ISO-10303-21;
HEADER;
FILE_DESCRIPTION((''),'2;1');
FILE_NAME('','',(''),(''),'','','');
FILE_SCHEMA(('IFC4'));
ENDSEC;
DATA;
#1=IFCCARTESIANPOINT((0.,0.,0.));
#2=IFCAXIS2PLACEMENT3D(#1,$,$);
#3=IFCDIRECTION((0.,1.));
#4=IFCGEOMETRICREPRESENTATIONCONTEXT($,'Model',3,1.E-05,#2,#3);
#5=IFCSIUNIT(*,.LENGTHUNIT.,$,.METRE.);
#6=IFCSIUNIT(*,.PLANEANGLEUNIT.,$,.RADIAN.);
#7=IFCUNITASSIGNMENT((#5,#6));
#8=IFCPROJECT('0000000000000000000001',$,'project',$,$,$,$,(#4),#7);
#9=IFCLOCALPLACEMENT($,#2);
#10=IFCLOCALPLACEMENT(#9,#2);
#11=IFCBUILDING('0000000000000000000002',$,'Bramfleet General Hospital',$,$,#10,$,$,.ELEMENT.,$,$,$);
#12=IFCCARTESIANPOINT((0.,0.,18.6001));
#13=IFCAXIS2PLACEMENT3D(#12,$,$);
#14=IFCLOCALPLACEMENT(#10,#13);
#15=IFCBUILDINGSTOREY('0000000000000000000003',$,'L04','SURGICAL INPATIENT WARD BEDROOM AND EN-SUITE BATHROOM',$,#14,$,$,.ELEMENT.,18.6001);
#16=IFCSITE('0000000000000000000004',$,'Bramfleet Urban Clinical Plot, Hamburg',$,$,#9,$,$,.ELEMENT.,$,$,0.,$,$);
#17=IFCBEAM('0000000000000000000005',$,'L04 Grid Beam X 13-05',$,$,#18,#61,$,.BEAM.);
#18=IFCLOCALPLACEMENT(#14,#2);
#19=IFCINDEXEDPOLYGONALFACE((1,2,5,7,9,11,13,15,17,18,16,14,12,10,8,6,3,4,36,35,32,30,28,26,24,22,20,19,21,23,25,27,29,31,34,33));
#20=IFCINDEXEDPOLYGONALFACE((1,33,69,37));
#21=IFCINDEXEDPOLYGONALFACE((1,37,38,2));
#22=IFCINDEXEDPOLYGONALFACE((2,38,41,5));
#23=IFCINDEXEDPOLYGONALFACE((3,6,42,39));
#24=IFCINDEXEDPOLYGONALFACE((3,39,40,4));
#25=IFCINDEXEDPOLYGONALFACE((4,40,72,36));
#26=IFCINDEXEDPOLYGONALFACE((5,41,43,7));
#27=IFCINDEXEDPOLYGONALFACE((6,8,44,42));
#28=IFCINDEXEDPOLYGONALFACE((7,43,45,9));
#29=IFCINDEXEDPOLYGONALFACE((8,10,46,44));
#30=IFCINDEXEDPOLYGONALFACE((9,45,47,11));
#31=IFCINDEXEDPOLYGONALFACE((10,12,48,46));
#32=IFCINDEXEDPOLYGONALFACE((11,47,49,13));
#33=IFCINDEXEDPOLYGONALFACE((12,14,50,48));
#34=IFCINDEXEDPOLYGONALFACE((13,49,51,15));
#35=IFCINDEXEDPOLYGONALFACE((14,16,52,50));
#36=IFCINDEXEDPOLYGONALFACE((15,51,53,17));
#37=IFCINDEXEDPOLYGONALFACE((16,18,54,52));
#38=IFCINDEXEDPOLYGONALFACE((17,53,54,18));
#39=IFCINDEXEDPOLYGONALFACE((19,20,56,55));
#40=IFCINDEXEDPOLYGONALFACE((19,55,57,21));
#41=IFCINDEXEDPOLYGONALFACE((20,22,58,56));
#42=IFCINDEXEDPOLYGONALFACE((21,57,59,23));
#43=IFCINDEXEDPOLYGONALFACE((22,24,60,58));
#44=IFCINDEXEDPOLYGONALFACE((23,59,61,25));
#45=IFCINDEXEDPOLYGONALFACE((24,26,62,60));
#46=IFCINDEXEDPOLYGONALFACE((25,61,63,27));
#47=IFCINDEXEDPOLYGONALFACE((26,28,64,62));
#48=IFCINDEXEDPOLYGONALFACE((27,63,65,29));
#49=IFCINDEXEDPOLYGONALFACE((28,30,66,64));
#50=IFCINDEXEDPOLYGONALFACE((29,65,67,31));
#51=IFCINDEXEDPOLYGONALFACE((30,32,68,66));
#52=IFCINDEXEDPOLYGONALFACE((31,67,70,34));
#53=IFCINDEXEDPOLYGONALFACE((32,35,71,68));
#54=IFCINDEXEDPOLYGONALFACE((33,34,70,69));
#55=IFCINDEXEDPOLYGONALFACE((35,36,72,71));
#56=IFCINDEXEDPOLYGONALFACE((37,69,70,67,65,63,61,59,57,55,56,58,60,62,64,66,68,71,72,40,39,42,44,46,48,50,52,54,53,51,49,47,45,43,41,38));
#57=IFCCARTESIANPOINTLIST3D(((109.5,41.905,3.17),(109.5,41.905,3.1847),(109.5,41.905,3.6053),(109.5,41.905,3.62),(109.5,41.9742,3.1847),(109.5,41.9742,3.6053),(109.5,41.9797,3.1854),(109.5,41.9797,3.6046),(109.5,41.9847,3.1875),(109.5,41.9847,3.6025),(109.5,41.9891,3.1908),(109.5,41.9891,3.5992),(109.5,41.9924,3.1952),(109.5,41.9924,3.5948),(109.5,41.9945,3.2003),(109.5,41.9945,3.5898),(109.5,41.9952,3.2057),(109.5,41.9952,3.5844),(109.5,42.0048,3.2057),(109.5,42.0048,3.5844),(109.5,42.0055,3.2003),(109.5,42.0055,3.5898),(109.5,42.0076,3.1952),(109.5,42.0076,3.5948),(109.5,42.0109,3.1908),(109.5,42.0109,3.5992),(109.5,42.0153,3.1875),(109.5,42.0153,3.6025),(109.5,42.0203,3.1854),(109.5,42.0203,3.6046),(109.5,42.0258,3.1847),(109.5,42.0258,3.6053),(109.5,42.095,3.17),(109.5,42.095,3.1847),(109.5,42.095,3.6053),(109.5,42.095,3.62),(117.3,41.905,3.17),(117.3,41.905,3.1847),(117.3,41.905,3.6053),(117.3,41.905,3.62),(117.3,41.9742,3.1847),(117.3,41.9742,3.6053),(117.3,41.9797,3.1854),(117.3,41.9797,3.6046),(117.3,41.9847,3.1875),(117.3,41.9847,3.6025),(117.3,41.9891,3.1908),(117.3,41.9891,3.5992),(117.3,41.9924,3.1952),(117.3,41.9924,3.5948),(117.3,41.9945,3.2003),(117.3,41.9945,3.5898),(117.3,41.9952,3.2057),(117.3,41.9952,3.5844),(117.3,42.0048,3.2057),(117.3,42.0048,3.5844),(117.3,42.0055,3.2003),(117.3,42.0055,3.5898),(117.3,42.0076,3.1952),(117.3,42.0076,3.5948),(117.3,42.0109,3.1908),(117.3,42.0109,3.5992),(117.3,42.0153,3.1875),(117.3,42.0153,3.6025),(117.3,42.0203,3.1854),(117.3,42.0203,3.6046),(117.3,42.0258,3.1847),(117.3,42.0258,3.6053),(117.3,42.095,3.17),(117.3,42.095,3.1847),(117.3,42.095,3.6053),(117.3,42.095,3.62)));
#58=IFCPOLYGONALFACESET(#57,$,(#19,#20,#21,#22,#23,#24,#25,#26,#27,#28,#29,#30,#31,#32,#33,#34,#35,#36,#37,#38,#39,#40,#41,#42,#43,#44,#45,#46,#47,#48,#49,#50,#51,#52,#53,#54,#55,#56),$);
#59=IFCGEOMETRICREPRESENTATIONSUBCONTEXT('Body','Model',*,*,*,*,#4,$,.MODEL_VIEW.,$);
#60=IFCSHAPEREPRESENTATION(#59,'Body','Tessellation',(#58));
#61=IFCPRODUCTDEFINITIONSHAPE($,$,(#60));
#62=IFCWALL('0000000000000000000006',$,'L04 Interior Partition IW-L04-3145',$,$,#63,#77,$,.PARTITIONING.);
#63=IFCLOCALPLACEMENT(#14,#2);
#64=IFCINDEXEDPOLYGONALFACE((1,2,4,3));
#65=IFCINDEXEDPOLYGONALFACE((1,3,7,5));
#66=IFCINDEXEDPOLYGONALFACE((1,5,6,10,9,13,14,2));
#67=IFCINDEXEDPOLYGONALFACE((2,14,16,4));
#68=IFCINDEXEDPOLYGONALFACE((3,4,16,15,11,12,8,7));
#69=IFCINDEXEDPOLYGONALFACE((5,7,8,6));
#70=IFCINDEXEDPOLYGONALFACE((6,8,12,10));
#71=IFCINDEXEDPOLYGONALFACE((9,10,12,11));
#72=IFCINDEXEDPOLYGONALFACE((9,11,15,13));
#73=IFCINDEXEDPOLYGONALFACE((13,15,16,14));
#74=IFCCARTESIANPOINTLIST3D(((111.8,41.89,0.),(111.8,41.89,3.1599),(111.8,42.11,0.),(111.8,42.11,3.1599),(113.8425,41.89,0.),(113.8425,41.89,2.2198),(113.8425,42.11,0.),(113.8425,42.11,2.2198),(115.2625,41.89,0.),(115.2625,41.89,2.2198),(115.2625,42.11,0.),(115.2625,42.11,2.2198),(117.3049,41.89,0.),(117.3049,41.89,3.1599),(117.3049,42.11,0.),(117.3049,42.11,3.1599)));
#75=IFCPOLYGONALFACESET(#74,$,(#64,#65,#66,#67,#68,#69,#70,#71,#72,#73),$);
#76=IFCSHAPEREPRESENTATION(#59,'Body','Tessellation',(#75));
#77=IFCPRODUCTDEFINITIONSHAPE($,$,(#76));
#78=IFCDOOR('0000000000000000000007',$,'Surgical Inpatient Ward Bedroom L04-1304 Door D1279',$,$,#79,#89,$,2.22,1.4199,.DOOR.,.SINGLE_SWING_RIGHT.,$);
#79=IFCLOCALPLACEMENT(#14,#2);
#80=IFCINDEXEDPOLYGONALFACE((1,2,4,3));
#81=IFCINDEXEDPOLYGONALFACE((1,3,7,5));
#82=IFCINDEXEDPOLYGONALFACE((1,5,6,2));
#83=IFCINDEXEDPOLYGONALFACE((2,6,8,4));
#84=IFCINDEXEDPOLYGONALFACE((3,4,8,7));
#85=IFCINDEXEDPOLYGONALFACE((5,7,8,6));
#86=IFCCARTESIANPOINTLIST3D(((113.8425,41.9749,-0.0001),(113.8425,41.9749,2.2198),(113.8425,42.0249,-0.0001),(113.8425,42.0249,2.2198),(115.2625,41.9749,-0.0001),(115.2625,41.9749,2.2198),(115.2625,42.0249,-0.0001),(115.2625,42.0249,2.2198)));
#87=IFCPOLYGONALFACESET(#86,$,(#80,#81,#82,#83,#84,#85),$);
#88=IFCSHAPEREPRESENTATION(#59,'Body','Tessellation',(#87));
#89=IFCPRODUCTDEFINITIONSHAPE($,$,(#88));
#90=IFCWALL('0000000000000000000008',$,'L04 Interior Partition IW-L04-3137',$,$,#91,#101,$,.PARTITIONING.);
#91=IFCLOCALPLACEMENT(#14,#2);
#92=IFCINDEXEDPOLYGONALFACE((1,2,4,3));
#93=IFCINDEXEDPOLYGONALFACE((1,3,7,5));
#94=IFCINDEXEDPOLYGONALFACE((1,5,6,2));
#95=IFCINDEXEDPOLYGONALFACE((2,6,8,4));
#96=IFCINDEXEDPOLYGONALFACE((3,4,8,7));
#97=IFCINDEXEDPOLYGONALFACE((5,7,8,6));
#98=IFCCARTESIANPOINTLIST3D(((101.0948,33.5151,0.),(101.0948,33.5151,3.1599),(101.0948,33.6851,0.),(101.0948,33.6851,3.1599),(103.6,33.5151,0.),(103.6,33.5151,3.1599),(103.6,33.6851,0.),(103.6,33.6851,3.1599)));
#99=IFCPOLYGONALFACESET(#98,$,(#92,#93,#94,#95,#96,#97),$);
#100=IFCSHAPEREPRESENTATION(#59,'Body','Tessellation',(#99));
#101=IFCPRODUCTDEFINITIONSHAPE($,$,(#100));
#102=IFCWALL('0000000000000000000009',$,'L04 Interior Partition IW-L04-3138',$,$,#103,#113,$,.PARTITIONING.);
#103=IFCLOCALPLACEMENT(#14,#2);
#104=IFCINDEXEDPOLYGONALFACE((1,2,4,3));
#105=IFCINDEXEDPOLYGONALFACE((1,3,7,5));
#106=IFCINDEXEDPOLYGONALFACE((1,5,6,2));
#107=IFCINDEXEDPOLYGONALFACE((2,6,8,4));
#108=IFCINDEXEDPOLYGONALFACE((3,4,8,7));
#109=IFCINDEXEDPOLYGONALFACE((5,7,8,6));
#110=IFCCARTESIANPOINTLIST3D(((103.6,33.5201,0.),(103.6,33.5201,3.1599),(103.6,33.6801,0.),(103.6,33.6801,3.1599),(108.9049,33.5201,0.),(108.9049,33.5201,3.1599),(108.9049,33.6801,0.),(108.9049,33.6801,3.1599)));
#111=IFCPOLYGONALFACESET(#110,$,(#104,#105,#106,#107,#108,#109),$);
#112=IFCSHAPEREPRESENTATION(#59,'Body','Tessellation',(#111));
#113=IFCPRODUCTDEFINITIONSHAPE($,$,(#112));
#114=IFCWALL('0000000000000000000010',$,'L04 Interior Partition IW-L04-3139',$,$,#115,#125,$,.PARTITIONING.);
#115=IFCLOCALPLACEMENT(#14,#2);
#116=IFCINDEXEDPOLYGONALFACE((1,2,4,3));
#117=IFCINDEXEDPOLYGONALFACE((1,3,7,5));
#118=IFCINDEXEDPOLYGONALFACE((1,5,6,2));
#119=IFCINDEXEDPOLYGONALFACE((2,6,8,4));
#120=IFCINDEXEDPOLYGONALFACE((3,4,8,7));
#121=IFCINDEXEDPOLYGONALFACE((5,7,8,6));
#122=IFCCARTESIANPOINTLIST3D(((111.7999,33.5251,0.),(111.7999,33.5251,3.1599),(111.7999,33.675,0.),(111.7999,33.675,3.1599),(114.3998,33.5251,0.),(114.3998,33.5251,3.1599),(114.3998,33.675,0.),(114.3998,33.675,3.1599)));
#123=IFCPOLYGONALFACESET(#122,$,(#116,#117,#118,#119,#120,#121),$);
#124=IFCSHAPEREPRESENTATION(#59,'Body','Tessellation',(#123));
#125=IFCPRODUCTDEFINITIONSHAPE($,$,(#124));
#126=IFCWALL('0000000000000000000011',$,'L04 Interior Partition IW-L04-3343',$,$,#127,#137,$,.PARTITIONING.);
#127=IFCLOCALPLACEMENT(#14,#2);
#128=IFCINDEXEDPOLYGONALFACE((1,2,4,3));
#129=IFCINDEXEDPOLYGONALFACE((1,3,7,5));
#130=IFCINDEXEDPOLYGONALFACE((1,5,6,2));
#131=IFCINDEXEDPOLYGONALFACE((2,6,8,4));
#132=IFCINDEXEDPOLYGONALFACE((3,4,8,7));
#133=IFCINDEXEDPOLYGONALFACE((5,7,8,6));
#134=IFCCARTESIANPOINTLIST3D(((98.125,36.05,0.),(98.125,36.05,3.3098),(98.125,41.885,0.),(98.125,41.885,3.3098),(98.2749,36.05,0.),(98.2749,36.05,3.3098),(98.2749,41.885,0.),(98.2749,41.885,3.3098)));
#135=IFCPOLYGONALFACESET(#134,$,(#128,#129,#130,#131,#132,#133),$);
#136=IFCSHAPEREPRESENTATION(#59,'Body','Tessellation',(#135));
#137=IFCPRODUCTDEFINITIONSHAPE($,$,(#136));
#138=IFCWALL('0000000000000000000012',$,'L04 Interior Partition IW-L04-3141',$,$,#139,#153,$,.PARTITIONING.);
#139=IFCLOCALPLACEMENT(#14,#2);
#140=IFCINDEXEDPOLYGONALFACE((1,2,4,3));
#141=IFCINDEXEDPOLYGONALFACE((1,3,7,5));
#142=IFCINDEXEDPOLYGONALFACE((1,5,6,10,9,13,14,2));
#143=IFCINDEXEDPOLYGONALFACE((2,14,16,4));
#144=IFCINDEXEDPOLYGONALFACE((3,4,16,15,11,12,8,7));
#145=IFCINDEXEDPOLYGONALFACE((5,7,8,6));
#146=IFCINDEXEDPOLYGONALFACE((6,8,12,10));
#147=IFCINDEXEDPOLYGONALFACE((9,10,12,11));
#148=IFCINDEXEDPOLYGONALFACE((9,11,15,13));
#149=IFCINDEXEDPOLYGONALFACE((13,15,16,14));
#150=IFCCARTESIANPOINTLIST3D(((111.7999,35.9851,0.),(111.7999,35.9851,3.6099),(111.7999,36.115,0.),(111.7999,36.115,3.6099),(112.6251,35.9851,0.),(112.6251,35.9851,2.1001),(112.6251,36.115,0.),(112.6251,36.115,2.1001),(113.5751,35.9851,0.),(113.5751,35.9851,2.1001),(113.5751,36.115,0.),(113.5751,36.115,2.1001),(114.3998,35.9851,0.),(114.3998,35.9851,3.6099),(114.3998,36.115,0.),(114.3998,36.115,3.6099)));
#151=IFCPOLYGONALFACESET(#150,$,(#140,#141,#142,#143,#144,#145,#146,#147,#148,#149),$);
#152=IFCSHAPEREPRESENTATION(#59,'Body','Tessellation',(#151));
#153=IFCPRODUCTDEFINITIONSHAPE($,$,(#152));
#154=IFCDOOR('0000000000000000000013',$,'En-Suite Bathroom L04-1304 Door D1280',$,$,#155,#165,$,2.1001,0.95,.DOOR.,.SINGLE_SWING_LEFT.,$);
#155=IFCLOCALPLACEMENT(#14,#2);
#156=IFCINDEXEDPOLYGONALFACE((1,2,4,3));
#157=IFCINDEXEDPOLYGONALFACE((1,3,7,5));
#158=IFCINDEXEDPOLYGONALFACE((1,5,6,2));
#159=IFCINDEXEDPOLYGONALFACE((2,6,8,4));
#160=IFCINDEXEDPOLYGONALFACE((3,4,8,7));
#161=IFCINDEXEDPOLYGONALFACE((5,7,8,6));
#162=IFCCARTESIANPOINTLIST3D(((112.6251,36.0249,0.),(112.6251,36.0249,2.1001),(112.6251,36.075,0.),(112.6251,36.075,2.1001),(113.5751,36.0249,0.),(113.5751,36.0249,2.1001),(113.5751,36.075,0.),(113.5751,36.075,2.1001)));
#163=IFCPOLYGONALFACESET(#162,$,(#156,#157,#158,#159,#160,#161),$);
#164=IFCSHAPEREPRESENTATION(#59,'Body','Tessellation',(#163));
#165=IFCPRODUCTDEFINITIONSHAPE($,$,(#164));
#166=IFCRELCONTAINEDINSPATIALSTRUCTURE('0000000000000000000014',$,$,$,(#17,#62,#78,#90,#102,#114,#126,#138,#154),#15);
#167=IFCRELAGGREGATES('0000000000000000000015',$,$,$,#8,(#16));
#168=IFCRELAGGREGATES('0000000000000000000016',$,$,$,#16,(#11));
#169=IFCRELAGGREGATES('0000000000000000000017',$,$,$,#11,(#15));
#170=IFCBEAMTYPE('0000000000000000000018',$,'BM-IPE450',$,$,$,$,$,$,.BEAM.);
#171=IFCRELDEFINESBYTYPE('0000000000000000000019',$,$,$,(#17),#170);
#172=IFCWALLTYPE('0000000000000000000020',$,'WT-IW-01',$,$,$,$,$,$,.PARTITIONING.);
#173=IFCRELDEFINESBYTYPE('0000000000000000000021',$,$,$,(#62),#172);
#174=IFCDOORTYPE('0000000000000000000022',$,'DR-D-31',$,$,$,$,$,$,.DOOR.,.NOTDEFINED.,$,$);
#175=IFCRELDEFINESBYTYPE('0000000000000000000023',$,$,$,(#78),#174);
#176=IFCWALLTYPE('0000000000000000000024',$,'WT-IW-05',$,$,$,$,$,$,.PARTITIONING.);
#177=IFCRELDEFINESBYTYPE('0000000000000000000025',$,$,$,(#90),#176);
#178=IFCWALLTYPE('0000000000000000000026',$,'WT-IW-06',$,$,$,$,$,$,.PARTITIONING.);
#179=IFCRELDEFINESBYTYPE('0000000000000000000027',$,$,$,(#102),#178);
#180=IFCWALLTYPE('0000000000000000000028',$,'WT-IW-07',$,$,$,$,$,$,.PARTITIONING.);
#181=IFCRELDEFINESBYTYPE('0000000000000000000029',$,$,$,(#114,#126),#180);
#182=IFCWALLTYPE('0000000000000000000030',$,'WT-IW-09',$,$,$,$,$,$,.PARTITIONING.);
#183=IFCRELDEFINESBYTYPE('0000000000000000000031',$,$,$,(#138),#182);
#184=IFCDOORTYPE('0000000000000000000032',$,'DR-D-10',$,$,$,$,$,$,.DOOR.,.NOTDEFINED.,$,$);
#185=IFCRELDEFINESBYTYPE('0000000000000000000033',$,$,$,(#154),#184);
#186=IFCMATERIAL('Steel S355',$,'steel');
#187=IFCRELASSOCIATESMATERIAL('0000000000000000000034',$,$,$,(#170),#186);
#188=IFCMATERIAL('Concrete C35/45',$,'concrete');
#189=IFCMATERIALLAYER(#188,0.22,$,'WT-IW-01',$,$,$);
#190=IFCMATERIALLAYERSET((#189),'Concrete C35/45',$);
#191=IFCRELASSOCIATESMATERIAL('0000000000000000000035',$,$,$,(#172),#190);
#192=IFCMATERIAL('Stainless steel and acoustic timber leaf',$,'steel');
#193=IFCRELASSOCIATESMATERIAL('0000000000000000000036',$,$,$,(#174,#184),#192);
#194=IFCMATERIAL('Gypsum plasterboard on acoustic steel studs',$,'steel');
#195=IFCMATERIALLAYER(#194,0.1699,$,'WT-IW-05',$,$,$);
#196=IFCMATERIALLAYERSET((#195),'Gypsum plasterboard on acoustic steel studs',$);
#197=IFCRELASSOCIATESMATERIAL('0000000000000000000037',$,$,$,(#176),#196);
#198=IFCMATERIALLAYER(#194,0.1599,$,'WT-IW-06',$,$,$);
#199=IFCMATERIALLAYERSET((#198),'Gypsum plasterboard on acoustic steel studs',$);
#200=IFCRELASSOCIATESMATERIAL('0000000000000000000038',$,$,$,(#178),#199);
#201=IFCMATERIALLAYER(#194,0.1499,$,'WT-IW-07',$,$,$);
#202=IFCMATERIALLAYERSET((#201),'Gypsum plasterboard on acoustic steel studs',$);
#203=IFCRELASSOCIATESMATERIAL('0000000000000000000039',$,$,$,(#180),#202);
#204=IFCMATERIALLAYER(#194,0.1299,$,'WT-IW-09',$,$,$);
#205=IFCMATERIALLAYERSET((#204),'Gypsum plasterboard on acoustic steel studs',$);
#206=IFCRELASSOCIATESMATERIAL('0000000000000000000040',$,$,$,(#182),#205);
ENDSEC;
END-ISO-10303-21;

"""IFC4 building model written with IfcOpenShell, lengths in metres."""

from ifc_helpers import new_model, si_unit, direction, frame, frame_2d, origin, origin_2d, place, context, subcontext, project, spatial, rectangle, i_section, extrude, material, layer, layer_set, material_profile, profile_set, type_object, element, fill, save


model = new_model("IFC4")

# Units and contexts
model_context = context("Model", 3, precision=1e-05, world=origin(), true_north=direction((0.0, 1.0)))
body_context = subcontext(model_context, "Body", "Model", "MODEL_VIEW")
ifc_project = project(units=[si_unit("LENGTHUNIT", "METRE"), si_unit("PLANEANGLEUNIT", "RADIAN")], contexts=[model_context])

# Site, building, storey
site_placement = place(None, origin())
site = spatial("IfcSite", under=ifc_project, at=site_placement, Name="Bramfleet Urban Clinical Plot, Hamburg", CompositionType="ELEMENT", RefElevation=0.0)
building_placement = place(site_placement, origin())
building = spatial("IfcBuilding", under=site, at=building_placement, Name="Bramfleet General Hospital", CompositionType="ELEMENT")
storey_placement = place(building_placement, frame((0.0, 0.0, 18.6001)))
storey = spatial("IfcBuildingStorey", under=building, at=storey_placement, Name="L04", Description="SURGICAL INPATIENT WARD BEDROOM AND EN-SUITE BATHROOM", CompositionType="ELEMENT", Elevation=18.6001)

# Beam
ifc_material_1 = material(Name="Steel S355", Category="steel")
ifc_material_profile_1 = material_profile(ifc_material_1, i_section(OverallWidth=0.1899, OverallDepth=0.45, WebThickness=0.0095, FlangeThickness=0.0146, FilletRadius=0.021, at=origin_2d()), Name="IPE 450")
ifc_profile_set_1 = profile_set([ifc_material_profile_1], Name="Steel S355")
beam_type_1 = type_object("IfcBeamType", Name="BM-IPE450", PredefinedType="BEAM", material=ifc_profile_set_1)
for number, where, z_axis, x_axis, name in (
    (1, (109.5, 42.0, 3.395), (1.0, 0.0, 0.0), (0.0, 1.0, 0.0), "L04 Grid Beam X 13-05"),
):
    element("IfcBeam", number, at=place(storey_placement, frame(where, z_axis=z_axis, x_axis=x_axis)), inside=storey, type_object=beam_type_1, Name=name, PredefinedType="BEAM", context=body_context, shape_type="SweptSolid", body=[
        extrude(i_section(OverallWidth=0.1899, OverallDepth=0.45, WebThickness=0.0095, FlangeThickness=0.0146, FilletRadius=0.021, at=origin_2d()), origin(), (0.0, 0.0, 1.0), 7.8),
    ])

# Wall, opening, door
ifc_material_2 = material(Name="Concrete C35/45", Category="concrete")
ifc_layer_1 = layer(ifc_material_2, 0.22, Name="WT-IW-01")
ifc_layer_set_1 = layer_set([ifc_layer_1], Name="Concrete C35/45")
wall_type_1 = type_object("IfcWallType", Name="WT-IW-01", PredefinedType="PARTITIONING", material=ifc_layer_set_1)
wall_1_placement = place(storey_placement, frame((111.8, 42.0, 0.0), z_axis=(0.0, 0.0, 1.0), x_axis=(1.0, 0.0, 0.0)))
wall_1 = element("IfcWall", 2, at=wall_1_placement, inside=storey, type_object=wall_type_1, Name="L04 Interior Partition IW-L04-3145", PredefinedType="PARTITIONING", context=body_context, shape_type="SweptSolid", body=[
    extrude(rectangle(XDim=5.5049, YDim=0.22, at=frame_2d((2.7524, 0.0))), origin(), (0.0, 0.0, 1.0), 3.1599),
])
opening_1_placement = place(wall_1_placement, frame((2.0425, 0.0, 0.0)))
opening_1 = element("IfcOpeningElement", 3, at=opening_1_placement, cuts=wall_1, PredefinedType="OPENING", context=body_context, shape_type="SweptSolid", body=[
    extrude(rectangle(XDim=1.4199, YDim=2.22, at=frame_2d((0.71, 1.1099))), frame((0.0, 0.1199, 0.0), z_axis=(0.0, -1.0, 0.0), x_axis=(1.0, 0.0, 0.0)), (0.0, 0.0, 1.0), 0.24),
])
ifc_material_3 = material(Name="Stainless steel and acoustic timber leaf", Category="steel")
door_type_1 = type_object("IfcDoorType", Name="DR-D-31", OperationType="NOTDEFINED", PredefinedType="DOOR", material=ifc_material_3)
door_1_placement = place(opening_1_placement, origin())
door_1 = element("IfcDoor", 4, at=door_1_placement, inside=storey, type_object=door_type_1, Name="Surgical Inpatient Ward Bedroom L04-1304 Door D1279", OperationType="SINGLE_SWING_RIGHT", OverallHeight=2.22, OverallWidth=1.4199, PredefinedType="DOOR", context=body_context, shape_type="SweptSolid", body=[
    extrude(rectangle(XDim=1.4199, YDim=2.22, at=frame_2d((0.71, 1.1099))), frame((0.0, 0.0249, 0.0), z_axis=(0.0, -1.0, 0.0), x_axis=(1.0, 0.0, 0.0)), (0.0, 0.0, 1.0), 0.05),
])
fill(opening_1, door_1)

# Walls
ifc_material_4 = material(Name="Gypsum plasterboard on acoustic steel studs", Category="steel")
ifc_layer_2 = layer(ifc_material_4, 0.1699, Name="WT-IW-05")
ifc_layer_set_2 = layer_set([ifc_layer_2], Name="Gypsum plasterboard on acoustic steel studs")
wall_type_2 = type_object("IfcWallType", Name="WT-IW-05", PredefinedType="PARTITIONING", material=ifc_layer_set_2)
wall_2_placement = place(storey_placement, frame((101.095, 33.6001, 0.0), z_axis=(0.0, 0.0, 1.0), x_axis=(1.0, 0.0, 0.0)))
element("IfcWall", 5, at=wall_2_placement, inside=storey, type_object=wall_type_2, Name="L04 Interior Partition IW-L04-3137", PredefinedType="PARTITIONING", context=body_context, shape_type="SweptSolid", body=[
    extrude(rectangle(XDim=2.5051, YDim=0.1699, at=frame_2d((1.2524, 0.0))), origin(), (0.0, 0.0, 1.0), 3.1599),
])
ifc_layer_3 = layer(ifc_material_4, 0.1599, Name="WT-IW-06")
ifc_layer_set_3 = layer_set([ifc_layer_3], Name="Gypsum plasterboard on acoustic steel studs")
wall_type_3 = type_object("IfcWallType", Name="WT-IW-06", PredefinedType="PARTITIONING", material=ifc_layer_set_3)
wall_3_placement = place(storey_placement, frame((103.6001, 33.6001, 0.0), z_axis=(0.0, 0.0, 1.0), x_axis=(1.0, 0.0, 0.0)))
element("IfcWall", 6, at=wall_3_placement, inside=storey, type_object=wall_type_3, Name="L04 Interior Partition IW-L04-3138", PredefinedType="PARTITIONING", context=body_context, shape_type="SweptSolid", body=[
    extrude(rectangle(XDim=5.3049, YDim=0.1599, at=frame_2d((2.6523, 0.0))), origin(), (0.0, 0.0, 1.0), 3.1599),
])
ifc_layer_4 = layer(ifc_material_4, 0.1499, Name="WT-IW-07")
ifc_layer_set_4 = layer_set([ifc_layer_4], Name="Gypsum plasterboard on acoustic steel studs")
wall_type_4 = type_object("IfcWallType", Name="WT-IW-07", PredefinedType="PARTITIONING", material=ifc_layer_set_4)
wall_4_placement = place(storey_placement, frame((111.8, 33.6001, 0.0), z_axis=(0.0, 0.0, 1.0), x_axis=(1.0, 0.0, 0.0)))
element("IfcWall", 7, at=wall_4_placement, inside=storey, type_object=wall_type_4, Name="L04 Interior Partition IW-L04-3139", PredefinedType="PARTITIONING", context=body_context, shape_type="SweptSolid", body=[
    extrude(rectangle(XDim=2.5999, YDim=0.1499, at=frame_2d((1.2998, 0.0))), origin(), (0.0, 0.0, 1.0), 3.1599),
])
wall_5_placement = place(storey_placement, frame((98.2, 36.05, 0.0), z_axis=(0.0, 0.0, 1.0), x_axis=(0.0, 1.0, 0.0)))
element("IfcWall", 8, at=wall_5_placement, inside=storey, type_object=wall_type_4, Name="L04 Interior Partition IW-L04-3343", PredefinedType="PARTITIONING", context=body_context, shape_type="SweptSolid", body=[
    extrude(rectangle(XDim=5.835, YDim=0.1499, at=frame_2d((2.9175, 0.0))), origin(), (0.0, 0.0, 1.0), 3.3098),
])

# Wall, opening, door
ifc_layer_5 = layer(ifc_material_4, 0.1299, Name="WT-IW-09")
ifc_layer_set_5 = layer_set([ifc_layer_5], Name="Gypsum plasterboard on acoustic steel studs")
wall_type_5 = type_object("IfcWallType", Name="WT-IW-09", PredefinedType="PARTITIONING", material=ifc_layer_set_5)
wall_6_placement = place(storey_placement, frame((111.8, 36.05, 0.0), z_axis=(0.0, 0.0, 1.0), x_axis=(1.0, 0.0, 0.0)))
wall_6 = element("IfcWall", 9, at=wall_6_placement, inside=storey, type_object=wall_type_5, Name="L04 Interior Partition IW-L04-3141", PredefinedType="PARTITIONING", context=body_context, shape_type="SweptSolid", body=[
    extrude(rectangle(XDim=2.5999, YDim=0.1299, at=frame_2d((1.2998, 0.0))), origin(), (0.0, 0.0, 1.0), 3.6099),
])
opening_2_placement = place(wall_6_placement, frame((0.825, 0.0, 0.0)))
opening_2 = element("IfcOpeningElement", 10, at=opening_2_placement, cuts=wall_6, PredefinedType="OPENING", context=body_context, shape_type="SweptSolid", body=[
    extrude(rectangle(XDim=0.95, YDim=2.1001, at=frame_2d((0.4751, 1.05))), frame((0.0, 0.075, 0.0), z_axis=(0.0, -1.0, 0.0), x_axis=(1.0, 0.0, 0.0)), (0.0, 0.0, 1.0), 0.1499),
])
door_type_2 = type_object("IfcDoorType", Name="DR-D-10", OperationType="NOTDEFINED", PredefinedType="DOOR", material=ifc_material_3)
door_2_placement = place(opening_2_placement, origin())
door_2 = element("IfcDoor", 11, at=door_2_placement, inside=storey, type_object=door_type_2, Name="En-Suite Bathroom L04-1304 Door D1280", OperationType="SINGLE_SWING_LEFT", OverallHeight=2.1001, OverallWidth=0.95, PredefinedType="DOOR", context=body_context, shape_type="SweptSolid", body=[
    extrude(rectangle(XDim=0.95, YDim=2.1001, at=frame_2d((0.4751, 1.05))), frame((0.0, 0.0249, 0.0), z_axis=(0.0, -1.0, 0.0), x_axis=(1.0, 0.0, 0.0)), (0.0, 0.0, 1.0), 0.05),
])
fill(opening_2, door_2)

save(model, "model.ifc")
